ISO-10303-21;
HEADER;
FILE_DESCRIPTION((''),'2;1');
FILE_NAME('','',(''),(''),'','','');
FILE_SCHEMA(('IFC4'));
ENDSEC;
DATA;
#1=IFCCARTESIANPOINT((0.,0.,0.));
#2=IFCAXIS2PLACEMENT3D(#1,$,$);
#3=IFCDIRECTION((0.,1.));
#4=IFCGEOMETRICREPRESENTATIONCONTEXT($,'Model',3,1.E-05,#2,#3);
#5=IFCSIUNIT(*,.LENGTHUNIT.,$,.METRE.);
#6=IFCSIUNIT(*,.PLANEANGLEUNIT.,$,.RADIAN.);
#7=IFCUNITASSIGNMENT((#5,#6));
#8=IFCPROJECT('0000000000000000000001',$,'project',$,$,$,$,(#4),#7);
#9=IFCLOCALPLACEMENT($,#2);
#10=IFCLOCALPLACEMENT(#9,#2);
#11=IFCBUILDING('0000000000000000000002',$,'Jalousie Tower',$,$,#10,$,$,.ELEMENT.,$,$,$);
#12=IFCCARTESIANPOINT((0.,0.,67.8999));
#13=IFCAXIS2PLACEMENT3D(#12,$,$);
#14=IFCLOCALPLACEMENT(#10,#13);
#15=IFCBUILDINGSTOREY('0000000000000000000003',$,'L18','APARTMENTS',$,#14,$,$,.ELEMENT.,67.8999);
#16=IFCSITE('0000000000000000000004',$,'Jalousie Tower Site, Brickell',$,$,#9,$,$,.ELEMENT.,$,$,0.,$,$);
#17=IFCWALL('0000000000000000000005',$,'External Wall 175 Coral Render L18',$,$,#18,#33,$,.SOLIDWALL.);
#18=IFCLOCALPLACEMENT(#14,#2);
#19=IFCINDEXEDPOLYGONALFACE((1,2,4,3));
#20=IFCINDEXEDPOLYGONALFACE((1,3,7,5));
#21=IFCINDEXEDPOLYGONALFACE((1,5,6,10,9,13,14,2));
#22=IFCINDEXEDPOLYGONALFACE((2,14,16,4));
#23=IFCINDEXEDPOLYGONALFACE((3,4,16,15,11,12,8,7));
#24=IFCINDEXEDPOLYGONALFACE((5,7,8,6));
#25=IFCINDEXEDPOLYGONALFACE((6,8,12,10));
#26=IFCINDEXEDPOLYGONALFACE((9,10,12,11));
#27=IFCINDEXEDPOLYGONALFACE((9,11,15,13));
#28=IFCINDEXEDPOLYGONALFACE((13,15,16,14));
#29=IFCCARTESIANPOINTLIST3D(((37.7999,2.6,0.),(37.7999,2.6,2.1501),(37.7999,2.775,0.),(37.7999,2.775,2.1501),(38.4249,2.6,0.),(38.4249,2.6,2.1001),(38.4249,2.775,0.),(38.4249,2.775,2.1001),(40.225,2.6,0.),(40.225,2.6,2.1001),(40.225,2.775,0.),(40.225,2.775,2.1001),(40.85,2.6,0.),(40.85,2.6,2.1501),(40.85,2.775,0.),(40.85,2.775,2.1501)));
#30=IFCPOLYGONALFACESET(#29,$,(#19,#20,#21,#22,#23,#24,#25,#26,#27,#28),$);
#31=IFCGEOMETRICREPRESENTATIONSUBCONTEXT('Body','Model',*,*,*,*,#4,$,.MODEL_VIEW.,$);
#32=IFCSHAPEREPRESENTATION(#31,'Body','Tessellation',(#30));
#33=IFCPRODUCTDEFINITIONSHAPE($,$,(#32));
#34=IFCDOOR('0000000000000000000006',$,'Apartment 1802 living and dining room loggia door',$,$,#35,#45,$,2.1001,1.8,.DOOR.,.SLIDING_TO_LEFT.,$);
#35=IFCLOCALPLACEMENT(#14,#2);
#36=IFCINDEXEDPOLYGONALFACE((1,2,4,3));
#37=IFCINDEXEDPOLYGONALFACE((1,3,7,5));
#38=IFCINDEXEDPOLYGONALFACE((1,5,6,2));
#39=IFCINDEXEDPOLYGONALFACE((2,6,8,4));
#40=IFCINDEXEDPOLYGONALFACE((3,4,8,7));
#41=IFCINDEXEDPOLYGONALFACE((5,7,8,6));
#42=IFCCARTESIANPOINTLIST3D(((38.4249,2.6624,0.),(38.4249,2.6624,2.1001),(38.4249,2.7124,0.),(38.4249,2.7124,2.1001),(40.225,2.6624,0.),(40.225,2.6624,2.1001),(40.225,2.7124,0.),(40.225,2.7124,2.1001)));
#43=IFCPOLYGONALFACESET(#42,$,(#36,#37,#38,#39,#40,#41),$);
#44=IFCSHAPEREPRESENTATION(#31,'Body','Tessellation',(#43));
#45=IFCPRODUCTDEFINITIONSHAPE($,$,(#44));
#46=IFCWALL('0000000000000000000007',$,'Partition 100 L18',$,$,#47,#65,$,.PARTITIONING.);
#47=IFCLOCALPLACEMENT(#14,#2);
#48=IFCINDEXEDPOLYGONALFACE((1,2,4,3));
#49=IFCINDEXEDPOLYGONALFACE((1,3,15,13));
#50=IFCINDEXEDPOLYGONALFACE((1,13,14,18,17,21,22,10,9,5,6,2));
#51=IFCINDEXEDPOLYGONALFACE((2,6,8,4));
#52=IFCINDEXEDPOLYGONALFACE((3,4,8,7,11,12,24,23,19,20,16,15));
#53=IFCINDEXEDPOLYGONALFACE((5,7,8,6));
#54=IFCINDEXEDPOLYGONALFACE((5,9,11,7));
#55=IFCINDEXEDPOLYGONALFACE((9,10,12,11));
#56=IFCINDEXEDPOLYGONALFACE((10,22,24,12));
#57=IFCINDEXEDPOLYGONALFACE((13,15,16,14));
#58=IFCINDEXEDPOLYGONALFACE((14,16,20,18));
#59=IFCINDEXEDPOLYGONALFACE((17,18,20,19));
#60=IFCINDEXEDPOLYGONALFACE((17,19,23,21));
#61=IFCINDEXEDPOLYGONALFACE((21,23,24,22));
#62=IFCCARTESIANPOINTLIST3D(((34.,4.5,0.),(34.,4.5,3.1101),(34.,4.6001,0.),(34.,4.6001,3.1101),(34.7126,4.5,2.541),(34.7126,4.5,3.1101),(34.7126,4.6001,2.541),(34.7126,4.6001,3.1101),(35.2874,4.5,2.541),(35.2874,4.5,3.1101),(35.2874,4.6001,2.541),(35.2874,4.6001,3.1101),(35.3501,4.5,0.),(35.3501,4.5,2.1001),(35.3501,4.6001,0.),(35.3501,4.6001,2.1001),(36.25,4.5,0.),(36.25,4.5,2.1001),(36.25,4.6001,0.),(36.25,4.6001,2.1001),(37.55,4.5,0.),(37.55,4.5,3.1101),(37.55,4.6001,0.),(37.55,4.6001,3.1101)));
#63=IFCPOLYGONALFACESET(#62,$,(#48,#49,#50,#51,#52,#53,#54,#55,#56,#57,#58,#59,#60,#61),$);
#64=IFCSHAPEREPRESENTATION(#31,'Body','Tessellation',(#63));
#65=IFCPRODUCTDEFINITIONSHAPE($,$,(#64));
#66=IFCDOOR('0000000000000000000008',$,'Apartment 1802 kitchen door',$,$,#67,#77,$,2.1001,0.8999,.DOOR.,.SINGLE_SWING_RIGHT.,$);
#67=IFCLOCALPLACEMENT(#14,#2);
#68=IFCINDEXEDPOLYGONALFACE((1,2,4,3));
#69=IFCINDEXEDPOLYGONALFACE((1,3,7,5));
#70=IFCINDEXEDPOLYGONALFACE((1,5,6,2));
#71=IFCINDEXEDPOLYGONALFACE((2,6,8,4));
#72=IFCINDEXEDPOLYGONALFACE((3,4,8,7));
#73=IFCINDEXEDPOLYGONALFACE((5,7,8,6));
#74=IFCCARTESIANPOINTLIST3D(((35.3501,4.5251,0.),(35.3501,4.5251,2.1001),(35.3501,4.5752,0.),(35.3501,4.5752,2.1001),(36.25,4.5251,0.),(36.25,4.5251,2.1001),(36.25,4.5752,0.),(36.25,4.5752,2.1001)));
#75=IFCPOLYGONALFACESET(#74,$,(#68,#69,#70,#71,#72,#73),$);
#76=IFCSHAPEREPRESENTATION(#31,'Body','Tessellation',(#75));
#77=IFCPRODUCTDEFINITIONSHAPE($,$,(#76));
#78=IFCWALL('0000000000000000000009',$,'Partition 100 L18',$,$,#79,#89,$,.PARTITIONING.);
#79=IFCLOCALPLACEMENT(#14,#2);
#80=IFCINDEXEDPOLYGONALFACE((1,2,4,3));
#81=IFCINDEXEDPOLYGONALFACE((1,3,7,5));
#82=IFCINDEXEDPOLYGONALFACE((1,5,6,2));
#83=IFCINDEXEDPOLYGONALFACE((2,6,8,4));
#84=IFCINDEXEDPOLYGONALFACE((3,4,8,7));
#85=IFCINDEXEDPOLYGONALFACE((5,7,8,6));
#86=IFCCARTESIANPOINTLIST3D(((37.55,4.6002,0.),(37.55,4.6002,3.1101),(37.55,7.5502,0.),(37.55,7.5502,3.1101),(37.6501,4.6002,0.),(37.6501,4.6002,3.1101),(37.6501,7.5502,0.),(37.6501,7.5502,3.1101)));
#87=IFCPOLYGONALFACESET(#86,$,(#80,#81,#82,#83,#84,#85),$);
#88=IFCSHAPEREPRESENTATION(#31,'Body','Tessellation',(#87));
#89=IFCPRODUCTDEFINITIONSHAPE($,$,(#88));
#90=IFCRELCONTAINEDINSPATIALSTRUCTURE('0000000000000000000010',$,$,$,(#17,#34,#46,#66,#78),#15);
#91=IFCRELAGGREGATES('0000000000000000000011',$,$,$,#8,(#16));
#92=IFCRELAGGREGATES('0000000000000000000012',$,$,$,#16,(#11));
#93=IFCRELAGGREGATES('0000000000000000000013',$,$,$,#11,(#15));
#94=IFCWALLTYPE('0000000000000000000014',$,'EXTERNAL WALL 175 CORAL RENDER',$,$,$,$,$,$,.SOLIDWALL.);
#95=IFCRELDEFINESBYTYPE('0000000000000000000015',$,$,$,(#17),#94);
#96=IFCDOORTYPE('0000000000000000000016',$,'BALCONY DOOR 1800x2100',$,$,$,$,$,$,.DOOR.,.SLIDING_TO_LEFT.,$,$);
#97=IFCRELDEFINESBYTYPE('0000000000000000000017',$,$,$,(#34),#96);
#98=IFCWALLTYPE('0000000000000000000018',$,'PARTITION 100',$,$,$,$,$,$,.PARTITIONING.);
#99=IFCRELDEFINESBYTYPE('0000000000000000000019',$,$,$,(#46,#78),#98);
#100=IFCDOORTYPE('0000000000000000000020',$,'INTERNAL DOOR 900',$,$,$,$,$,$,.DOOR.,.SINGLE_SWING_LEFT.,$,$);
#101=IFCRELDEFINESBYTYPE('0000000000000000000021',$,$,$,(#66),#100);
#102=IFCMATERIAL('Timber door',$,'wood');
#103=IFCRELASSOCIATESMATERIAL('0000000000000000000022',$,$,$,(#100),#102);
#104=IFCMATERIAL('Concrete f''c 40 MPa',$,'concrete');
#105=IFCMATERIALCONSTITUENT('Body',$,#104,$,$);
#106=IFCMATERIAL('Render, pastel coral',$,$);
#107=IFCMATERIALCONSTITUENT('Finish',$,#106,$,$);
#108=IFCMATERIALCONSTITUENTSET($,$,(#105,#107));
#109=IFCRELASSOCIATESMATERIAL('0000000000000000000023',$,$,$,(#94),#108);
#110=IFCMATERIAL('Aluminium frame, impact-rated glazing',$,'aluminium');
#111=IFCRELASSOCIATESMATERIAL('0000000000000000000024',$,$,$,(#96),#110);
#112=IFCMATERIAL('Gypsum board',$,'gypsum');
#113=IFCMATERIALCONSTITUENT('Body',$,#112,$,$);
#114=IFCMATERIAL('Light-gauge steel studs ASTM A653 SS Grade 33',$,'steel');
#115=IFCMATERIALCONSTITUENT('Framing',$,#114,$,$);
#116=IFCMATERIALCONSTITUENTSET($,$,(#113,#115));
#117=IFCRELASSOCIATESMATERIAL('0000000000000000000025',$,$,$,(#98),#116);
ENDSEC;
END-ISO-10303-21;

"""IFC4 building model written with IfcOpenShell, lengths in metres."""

from ifc_helpers import new_model, si_unit, direction, frame, frame_2d, origin, place, context, subcontext, project, spatial, polyline, rectangle, outline, extrude, material, constituent, constituent_set, type_object, element, fill, save


model = new_model("IFC4")

# Units and contexts
model_context = context("Model", 3, precision=1e-05, world=origin(), true_north=direction((0.0, 1.0)))
body_context = subcontext(model_context, "Body", "Model", "MODEL_VIEW")
ifc_project = project(units=[si_unit("LENGTHUNIT", "METRE"), si_unit("PLANEANGLEUNIT", "RADIAN")], contexts=[model_context])

# Site, building, storey
site_placement = place(None, origin())
site = spatial("IfcSite", under=ifc_project, at=site_placement, Name="Jalousie Tower Site, Brickell", CompositionType="ELEMENT", RefElevation=0.0)
building_placement = place(site_placement, origin())
building = spatial("IfcBuilding", under=site, at=building_placement, Name="Jalousie Tower", CompositionType="ELEMENT")
storey_placement = place(building_placement, frame((0.0, 0.0, 67.8999)))
storey = spatial("IfcBuildingStorey", under=building, at=storey_placement, Name="L18", Description="APARTMENTS", CompositionType="ELEMENT", Elevation=67.8999)

# Shared definitions
ifc_material_1 = material(Name="Timber door", Category="wood")
door_type_1 = type_object("IfcDoorType", Name="INTERNAL DOOR 900", OperationType="SINGLE_SWING_LEFT", PredefinedType="DOOR", material=ifc_material_1)

# Walls, openings, doors
ifc_material_2 = material(Name="Concrete f'c 40 MPa", Category="concrete")
ifc_constituent_1 = constituent(ifc_material_2, Name="Body")
ifc_material_3 = material(Name="Render, pastel coral")
ifc_constituent_2 = constituent(ifc_material_3, Name="Finish")
ifc_constituent_set_1 = constituent_set(constituents=[ifc_constituent_1, ifc_constituent_2])
wall_type_1 = type_object("IfcWallType", Name="EXTERNAL WALL 175 CORAL RENDER", PredefinedType="SOLIDWALL", material=ifc_constituent_set_1)
wall_1_placement = place(storey_placement, frame((37.8, 2.6875, 0.0), z_axis=(0.0, 0.0, 1.0), x_axis=(1.0, 0.0, 0.0)))
wall_1 = element("IfcWall", 1, at=wall_1_placement, inside=storey, type_object=wall_type_1, Name="External Wall 175 Coral Render L18", PredefinedType="SOLIDWALL", context=body_context, shape_type="SweptSolid", body=[
    extrude(rectangle(XDim=3.05, YDim=0.175, at=frame_2d((1.5249, 0.0))), origin(), (0.0, 0.0, 1.0), 2.1501),
])
opening_1_placement = place(wall_1_placement, frame((0.625, 0.0, 0.0)))
opening_1 = element("IfcOpeningElement", 2, at=opening_1_placement, cuts=wall_1, PredefinedType="OPENING", context=body_context, shape_type="SweptSolid", body=[
    extrude(rectangle(XDim=1.8, YDim=2.1001, at=frame_2d((0.8999, 1.05))), frame((0.0, 0.0974, 0.0), z_axis=(0.0, -1.0, 0.0), x_axis=(1.0, 0.0, 0.0)), (0.0, 0.0, 1.0), 0.1951),
])
ifc_material_4 = material(Name="Aluminium frame, impact-rated glazing", Category="aluminium")
door_type_2 = type_object("IfcDoorType", Name="BALCONY DOOR 1800x2100", OperationType="SLIDING_TO_LEFT", PredefinedType="DOOR", material=ifc_material_4)
door_1_placement = place(opening_1_placement, origin())
door_1 = element("IfcDoor", 3, at=door_1_placement, inside=storey, type_object=door_type_2, Name="Apartment 1802 living and dining room loggia door", OperationType="SLIDING_TO_LEFT", OverallHeight=2.1001, OverallWidth=1.8, PredefinedType="DOOR", context=body_context, shape_type="SweptSolid", body=[
    extrude(rectangle(XDim=1.8, YDim=2.1001, at=frame_2d((0.8999, 1.05))), frame((0.0, 0.0249, 0.0), z_axis=(0.0, -1.0, 0.0), x_axis=(1.0, 0.0, 0.0)), (0.0, 0.0, 1.0), 0.05),
])
fill(opening_1, door_1)
ifc_material_5 = material(Name="Gypsum board", Category="gypsum")
ifc_constituent_3 = constituent(ifc_material_5, Name="Body")
ifc_material_6 = material(Name="Light-gauge steel studs ASTM A653 SS Grade 33", Category="steel")
ifc_constituent_4 = constituent(ifc_material_6, Name="Framing")
ifc_constituent_set_2 = constituent_set(constituents=[ifc_constituent_3, ifc_constituent_4])
wall_type_2 = type_object("IfcWallType", Name="PARTITION 100", PredefinedType="PARTITIONING", material=ifc_constituent_set_2)
wall_2_placement = place(storey_placement, frame((34.0, 4.55, 0.0), z_axis=(0.0, 0.0, 1.0), x_axis=(1.0, 0.0, 0.0)))
wall_2 = element("IfcWall", 4, at=wall_2_placement, inside=storey, type_object=wall_type_2, Name="Partition 100 L18", PredefinedType="PARTITIONING", context=body_context, shape_type="SweptSolid", body=[
    extrude(outline(polyline([(0.0, 0.0), (3.55, 0.0), (3.55, 3.1101), (1.2874, 3.1101), (1.2874, 2.541), (0.7126, 2.541), (0.7126, 3.1101), (0.0, 3.1101), (0.0, 0.0)])), frame((0.0, 0.05, 0.0), z_axis=(0.0, -1.0, 0.0), x_axis=(1.0, 0.0, 0.0)), (0.0, 0.0, 1.0), 0.1001),
])
opening_2_placement = place(wall_2_placement, frame((1.3501, 0.0, 0.0)))
opening_2 = element("IfcOpeningElement", 5, at=opening_2_placement, cuts=wall_2, PredefinedType="OPENING", context=body_context, shape_type="SweptSolid", body=[
    extrude(rectangle(XDim=0.8999, YDim=2.1001, at=frame_2d((0.45, 1.05))), frame((0.0, 0.0601, 0.0), z_axis=(0.0, -1.0, 0.0), x_axis=(1.0, 0.0, 0.0)), (0.0, 0.0, 1.0), 0.1201),
])
door_2_placement = place(opening_2_placement, frame((0.8999, 0.0, 0.0), z_axis=(0.0, 0.0, 1.0), x_axis=(-1.0, 0.0, 0.0)))
door_2 = element("IfcDoor", 6, at=door_2_placement, inside=storey, type_object=door_type_1, Name="Apartment 1802 kitchen door", OperationType="SINGLE_SWING_RIGHT", OverallHeight=2.1001, OverallWidth=0.8999, PredefinedType="DOOR", context=body_context, shape_type="SweptSolid", body=[
    extrude(rectangle(XDim=0.8999, YDim=2.1001, at=frame_2d((0.45, 1.05))), frame((0.0, 0.0249, 0.0), z_axis=(0.0, -1.0, 0.0), x_axis=(1.0, 0.0, 0.0)), (0.0, 0.0, 1.0), 0.05),
])
fill(opening_2, door_2)

# Wall
wall_3_placement = place(storey_placement, frame((37.6001, 4.6001, 0.0), z_axis=(0.0, 0.0, 1.0), x_axis=(0.0, 1.0, 0.0)))
element("IfcWall", 7, at=wall_3_placement, inside=storey, type_object=wall_type_2, Name="Partition 100 L18", PredefinedType="PARTITIONING", context=body_context, shape_type="SweptSolid", body=[
    extrude(rectangle(XDim=2.95, YDim=0.1001, at=frame_2d((1.4751, 0.0))), origin(), (0.0, 0.0, 1.0), 3.1101),
])

save(model, "model.ifc")
